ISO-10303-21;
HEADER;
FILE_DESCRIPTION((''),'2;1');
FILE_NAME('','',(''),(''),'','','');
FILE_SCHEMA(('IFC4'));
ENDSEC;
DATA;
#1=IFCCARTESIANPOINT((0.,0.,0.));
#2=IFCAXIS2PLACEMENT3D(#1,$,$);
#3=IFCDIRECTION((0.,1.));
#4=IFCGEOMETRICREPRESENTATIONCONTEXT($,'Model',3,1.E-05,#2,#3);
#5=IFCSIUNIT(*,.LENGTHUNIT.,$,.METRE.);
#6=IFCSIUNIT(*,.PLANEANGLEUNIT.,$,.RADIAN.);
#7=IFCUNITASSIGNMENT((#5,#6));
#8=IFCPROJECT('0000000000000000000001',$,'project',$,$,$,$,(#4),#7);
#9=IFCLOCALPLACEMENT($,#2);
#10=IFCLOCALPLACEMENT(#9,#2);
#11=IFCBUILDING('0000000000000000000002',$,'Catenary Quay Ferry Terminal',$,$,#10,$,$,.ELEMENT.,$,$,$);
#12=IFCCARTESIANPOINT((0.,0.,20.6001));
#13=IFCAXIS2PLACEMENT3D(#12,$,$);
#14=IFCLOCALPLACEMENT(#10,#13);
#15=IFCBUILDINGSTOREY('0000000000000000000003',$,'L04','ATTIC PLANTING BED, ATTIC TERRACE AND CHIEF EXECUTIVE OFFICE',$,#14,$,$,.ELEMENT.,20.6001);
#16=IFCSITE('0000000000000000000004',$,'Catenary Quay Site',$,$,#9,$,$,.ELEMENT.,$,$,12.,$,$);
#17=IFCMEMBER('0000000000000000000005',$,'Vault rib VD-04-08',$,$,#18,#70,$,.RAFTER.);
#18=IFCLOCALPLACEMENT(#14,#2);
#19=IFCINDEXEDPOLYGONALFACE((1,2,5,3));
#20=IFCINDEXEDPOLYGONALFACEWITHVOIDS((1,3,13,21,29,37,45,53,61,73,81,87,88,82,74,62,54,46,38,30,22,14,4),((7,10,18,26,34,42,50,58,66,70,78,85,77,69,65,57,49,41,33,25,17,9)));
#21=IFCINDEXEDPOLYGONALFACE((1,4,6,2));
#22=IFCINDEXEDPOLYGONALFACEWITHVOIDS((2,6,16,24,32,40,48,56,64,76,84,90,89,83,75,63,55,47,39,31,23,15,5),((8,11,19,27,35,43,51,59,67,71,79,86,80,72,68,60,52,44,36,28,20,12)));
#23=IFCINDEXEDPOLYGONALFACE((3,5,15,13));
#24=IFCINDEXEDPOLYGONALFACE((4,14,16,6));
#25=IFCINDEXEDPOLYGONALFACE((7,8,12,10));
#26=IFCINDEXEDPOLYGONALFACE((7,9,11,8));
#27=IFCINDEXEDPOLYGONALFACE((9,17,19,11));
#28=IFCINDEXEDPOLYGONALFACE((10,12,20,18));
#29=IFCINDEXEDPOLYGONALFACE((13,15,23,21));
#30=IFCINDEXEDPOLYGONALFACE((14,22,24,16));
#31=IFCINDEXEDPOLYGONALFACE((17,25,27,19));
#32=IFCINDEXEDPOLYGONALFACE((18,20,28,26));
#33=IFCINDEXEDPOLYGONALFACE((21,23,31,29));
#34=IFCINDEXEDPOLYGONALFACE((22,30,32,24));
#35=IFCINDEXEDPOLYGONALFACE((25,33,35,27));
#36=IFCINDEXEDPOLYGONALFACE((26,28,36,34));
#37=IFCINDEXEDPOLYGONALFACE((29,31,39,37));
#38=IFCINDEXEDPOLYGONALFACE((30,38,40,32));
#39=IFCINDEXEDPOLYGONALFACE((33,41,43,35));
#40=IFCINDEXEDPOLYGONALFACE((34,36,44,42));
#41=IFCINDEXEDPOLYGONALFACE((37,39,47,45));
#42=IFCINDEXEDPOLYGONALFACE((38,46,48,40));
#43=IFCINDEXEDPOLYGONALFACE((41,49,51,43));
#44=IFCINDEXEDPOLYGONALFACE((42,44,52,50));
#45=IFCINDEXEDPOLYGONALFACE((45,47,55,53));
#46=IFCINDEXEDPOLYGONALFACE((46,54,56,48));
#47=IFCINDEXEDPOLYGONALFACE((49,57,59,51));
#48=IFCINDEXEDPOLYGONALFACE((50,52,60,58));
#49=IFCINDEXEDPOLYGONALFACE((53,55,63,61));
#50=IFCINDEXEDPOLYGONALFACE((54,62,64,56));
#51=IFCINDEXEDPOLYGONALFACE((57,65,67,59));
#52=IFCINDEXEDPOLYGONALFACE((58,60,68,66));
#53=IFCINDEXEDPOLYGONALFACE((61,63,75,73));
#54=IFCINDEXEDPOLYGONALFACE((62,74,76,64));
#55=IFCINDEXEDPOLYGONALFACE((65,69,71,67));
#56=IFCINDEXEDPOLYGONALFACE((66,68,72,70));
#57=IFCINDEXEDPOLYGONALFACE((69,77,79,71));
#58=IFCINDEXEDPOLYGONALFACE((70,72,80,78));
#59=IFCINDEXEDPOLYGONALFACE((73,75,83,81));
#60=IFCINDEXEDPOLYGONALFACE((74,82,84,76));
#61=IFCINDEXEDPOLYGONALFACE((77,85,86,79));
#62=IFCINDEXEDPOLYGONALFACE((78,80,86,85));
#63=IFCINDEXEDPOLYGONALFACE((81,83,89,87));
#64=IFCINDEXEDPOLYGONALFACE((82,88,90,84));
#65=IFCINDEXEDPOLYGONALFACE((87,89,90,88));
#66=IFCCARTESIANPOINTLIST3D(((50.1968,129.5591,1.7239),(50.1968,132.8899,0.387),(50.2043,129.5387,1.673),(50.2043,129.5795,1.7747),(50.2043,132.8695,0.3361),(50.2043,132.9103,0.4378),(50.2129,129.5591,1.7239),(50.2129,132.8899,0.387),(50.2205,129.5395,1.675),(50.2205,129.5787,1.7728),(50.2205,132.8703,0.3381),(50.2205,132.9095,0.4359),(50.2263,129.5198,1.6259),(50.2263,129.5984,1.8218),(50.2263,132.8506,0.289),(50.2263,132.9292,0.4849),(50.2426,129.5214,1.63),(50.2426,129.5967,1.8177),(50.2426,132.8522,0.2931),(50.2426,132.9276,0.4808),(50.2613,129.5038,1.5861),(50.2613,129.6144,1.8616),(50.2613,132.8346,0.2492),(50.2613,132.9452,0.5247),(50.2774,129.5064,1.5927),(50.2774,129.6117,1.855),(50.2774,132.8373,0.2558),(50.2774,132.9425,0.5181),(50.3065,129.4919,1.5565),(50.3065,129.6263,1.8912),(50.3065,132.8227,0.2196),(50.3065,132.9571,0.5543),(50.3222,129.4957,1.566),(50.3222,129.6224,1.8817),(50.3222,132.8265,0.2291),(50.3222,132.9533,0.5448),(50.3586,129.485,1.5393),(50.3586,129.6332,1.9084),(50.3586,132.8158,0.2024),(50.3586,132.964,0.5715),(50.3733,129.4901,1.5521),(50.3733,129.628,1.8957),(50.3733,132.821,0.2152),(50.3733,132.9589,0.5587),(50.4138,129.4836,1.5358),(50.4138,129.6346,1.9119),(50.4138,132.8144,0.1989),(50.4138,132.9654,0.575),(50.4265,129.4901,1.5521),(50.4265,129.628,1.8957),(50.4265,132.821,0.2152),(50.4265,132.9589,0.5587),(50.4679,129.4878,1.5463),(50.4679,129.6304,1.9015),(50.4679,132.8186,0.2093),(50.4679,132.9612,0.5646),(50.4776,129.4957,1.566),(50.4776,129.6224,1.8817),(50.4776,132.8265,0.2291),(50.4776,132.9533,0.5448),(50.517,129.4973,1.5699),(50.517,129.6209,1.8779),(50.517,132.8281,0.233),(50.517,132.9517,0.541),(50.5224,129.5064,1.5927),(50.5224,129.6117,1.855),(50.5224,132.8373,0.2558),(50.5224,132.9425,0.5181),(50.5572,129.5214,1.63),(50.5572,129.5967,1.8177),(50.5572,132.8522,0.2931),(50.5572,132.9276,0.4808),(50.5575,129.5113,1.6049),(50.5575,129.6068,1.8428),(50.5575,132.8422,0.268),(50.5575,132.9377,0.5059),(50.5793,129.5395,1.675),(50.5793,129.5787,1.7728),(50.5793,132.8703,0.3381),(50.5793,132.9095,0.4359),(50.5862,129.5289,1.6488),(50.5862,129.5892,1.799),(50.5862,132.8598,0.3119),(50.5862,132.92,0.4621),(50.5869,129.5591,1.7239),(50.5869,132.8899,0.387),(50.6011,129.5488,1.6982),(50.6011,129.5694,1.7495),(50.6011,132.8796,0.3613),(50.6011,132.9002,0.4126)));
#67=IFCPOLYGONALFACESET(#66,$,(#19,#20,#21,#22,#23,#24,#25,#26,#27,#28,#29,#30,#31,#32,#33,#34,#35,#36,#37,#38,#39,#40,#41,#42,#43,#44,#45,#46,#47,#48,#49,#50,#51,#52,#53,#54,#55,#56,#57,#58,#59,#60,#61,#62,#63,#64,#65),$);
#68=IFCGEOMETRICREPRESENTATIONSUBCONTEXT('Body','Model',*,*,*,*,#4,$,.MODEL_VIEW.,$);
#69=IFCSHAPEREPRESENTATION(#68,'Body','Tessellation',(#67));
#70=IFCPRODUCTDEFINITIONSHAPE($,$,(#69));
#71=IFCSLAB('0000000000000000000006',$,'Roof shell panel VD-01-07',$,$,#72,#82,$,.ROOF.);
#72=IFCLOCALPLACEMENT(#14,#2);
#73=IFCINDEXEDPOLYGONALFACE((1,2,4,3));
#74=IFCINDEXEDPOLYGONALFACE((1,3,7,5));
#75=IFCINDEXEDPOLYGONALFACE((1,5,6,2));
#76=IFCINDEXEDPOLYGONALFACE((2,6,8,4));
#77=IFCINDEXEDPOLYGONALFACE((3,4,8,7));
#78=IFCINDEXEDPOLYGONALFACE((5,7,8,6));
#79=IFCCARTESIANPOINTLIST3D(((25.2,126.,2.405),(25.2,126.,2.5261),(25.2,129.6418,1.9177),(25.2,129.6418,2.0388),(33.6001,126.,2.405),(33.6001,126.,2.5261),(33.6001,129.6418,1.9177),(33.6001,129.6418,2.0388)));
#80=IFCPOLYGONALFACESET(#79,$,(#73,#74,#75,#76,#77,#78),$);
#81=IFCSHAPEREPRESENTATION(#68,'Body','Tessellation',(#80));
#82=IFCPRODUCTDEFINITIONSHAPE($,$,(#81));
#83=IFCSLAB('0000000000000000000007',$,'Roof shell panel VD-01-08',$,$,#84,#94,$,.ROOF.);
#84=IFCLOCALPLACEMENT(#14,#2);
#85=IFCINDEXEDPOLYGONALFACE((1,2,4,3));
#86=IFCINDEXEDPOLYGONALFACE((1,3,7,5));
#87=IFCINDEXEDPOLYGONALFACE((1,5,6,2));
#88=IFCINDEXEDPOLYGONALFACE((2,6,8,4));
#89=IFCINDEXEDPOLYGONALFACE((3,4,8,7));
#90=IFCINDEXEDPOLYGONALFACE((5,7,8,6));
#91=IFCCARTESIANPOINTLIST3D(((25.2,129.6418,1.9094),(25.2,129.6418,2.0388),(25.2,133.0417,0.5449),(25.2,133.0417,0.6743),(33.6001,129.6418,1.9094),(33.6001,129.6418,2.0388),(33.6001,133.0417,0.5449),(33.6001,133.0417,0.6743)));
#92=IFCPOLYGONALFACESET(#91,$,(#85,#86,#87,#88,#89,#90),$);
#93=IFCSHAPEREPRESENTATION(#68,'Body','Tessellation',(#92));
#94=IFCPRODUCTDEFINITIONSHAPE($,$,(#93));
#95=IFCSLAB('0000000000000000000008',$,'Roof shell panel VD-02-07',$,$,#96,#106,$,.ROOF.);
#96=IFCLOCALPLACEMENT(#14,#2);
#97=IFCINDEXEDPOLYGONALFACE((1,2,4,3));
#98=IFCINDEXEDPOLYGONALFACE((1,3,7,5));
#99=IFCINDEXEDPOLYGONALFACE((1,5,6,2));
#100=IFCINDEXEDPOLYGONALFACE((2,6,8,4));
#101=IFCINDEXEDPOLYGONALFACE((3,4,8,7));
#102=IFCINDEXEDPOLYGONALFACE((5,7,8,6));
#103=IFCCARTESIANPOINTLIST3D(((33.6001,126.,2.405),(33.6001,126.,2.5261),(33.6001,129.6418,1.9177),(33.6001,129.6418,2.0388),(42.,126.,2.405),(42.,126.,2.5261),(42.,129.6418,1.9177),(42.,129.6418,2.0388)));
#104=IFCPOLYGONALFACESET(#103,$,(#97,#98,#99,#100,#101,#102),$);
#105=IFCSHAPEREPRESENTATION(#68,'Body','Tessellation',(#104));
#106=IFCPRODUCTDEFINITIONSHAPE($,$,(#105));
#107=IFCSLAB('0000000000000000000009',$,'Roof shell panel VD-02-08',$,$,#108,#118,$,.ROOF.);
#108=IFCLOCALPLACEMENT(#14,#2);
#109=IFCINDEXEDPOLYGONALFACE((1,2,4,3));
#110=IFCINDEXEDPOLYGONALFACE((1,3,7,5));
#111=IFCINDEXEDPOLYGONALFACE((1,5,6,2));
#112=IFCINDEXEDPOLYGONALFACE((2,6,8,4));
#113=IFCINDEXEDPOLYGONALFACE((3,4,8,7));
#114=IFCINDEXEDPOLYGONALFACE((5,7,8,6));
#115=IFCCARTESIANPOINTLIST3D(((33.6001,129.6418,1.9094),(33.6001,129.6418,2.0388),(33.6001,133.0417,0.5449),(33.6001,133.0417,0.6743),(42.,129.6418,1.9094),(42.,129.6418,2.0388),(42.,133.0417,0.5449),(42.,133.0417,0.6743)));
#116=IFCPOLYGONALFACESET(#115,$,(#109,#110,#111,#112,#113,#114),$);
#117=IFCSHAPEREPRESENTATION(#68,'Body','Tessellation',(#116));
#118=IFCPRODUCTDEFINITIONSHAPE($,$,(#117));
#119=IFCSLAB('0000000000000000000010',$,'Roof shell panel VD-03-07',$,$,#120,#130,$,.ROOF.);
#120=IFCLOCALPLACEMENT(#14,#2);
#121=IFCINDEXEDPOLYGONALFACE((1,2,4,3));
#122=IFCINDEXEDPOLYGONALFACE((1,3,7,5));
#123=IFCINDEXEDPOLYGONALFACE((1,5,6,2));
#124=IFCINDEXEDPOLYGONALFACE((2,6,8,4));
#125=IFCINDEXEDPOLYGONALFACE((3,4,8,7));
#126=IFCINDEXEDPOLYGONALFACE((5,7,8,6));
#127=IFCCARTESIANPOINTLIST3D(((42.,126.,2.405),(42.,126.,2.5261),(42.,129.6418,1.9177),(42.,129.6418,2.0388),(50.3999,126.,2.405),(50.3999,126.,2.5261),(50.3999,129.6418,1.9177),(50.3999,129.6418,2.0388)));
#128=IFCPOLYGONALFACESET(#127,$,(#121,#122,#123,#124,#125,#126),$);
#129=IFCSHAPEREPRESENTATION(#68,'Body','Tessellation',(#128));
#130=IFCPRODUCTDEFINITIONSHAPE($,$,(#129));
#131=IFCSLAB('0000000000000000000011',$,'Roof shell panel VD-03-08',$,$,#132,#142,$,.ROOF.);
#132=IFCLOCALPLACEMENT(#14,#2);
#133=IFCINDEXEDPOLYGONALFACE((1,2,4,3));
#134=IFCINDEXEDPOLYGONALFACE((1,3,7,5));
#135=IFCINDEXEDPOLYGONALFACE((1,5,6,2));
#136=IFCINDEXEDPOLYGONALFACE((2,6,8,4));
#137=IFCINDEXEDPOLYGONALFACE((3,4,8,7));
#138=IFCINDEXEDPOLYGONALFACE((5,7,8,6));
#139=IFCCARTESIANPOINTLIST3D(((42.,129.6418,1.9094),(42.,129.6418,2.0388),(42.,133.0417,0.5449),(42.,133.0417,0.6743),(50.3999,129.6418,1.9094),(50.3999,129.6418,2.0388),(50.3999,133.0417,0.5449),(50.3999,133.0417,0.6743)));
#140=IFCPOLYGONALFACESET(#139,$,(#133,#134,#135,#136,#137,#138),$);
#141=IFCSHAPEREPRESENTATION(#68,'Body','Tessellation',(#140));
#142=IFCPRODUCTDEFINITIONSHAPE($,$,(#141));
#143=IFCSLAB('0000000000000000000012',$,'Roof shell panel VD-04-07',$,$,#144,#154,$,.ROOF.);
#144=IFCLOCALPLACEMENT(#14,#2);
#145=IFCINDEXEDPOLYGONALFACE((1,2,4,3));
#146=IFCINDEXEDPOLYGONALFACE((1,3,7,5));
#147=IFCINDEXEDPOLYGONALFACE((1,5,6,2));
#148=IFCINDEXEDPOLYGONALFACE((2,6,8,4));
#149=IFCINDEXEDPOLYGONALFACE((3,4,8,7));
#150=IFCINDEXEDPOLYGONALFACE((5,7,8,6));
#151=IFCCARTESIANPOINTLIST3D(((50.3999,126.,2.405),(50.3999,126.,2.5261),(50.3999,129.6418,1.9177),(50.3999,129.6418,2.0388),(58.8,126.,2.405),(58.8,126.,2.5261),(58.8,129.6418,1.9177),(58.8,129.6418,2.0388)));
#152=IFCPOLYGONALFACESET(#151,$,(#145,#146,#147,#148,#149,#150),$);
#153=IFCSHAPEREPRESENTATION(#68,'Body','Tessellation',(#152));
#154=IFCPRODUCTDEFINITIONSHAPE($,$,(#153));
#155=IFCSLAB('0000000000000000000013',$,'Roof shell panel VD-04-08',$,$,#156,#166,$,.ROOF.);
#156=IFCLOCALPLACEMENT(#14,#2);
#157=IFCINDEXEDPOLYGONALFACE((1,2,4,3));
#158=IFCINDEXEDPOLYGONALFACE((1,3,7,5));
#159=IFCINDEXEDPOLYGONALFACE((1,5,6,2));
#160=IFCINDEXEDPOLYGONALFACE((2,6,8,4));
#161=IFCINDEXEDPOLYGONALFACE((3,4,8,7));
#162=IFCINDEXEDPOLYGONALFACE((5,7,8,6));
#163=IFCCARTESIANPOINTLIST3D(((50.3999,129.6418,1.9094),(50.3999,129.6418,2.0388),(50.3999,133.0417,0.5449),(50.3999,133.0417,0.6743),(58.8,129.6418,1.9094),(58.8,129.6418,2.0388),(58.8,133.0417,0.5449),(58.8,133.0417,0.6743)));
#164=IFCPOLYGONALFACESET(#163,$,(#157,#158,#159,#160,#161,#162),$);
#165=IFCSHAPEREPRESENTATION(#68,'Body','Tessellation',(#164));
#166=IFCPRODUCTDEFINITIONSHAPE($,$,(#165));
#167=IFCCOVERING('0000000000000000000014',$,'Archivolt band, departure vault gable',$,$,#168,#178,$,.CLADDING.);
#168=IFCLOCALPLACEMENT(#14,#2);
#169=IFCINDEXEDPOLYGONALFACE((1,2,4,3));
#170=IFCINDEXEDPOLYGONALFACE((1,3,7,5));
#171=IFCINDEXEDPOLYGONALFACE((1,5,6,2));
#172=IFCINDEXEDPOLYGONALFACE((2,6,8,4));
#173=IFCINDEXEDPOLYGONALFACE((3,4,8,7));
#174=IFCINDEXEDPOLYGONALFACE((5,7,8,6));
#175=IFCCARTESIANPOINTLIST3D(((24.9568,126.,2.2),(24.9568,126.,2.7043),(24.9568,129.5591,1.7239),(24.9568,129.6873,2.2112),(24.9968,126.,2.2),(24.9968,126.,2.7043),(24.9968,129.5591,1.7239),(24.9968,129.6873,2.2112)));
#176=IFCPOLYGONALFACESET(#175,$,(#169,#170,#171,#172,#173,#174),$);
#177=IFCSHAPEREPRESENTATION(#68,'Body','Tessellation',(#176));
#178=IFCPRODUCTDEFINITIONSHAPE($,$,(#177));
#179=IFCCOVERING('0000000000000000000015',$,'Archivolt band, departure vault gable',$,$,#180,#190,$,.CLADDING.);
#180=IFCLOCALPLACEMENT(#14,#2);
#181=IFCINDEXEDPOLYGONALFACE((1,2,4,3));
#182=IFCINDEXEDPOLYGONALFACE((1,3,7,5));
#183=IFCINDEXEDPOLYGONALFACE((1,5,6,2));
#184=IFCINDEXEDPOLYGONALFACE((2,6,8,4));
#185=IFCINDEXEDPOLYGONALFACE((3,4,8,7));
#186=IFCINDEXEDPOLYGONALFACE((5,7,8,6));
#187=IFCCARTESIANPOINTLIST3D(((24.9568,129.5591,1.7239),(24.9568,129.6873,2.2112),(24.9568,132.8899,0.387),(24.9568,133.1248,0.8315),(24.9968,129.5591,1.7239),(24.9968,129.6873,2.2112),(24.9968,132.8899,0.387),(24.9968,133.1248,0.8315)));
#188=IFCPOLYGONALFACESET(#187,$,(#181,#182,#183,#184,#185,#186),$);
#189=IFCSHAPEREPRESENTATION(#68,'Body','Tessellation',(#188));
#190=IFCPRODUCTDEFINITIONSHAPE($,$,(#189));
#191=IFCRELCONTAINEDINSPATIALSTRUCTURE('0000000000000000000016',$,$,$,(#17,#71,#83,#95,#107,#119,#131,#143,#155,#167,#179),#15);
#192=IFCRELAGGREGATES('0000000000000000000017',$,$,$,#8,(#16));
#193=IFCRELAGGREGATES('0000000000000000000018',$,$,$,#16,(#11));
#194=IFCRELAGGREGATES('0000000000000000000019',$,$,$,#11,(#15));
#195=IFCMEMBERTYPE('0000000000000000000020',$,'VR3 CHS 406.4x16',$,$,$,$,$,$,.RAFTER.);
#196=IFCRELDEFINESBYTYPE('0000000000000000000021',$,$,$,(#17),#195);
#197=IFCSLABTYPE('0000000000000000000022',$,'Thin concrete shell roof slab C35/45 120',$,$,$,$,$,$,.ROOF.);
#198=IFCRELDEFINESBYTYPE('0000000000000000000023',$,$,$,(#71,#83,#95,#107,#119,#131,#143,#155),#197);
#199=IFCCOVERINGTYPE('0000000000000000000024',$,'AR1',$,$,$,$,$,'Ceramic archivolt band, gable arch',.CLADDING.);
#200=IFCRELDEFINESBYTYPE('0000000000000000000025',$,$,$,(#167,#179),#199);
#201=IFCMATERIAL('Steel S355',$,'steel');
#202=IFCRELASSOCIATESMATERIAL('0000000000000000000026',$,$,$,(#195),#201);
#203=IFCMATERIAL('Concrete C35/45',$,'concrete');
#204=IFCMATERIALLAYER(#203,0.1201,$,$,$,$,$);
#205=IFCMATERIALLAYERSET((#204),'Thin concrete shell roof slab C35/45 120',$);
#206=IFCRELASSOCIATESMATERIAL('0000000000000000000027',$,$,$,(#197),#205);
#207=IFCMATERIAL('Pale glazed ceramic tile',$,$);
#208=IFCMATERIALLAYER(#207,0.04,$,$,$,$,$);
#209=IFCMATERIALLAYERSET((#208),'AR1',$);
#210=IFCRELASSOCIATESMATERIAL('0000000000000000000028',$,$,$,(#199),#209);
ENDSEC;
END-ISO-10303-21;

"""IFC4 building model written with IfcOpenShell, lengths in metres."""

from ifc_helpers import new_model, si_unit, direction, frame, origin, origin_2d, place, context, subcontext, project, spatial, polyline, hollow_circle, outline, extrude, material, layer, layer_set, material_profile, profile_set, type_object, element, save


model = new_model("IFC4")

# Units and contexts
model_context = context("Model", 3, precision=1e-05, world=origin(), true_north=direction((0.0, 1.0)))
body_context = subcontext(model_context, "Body", "Model", "MODEL_VIEW")
ifc_project = project(units=[si_unit("LENGTHUNIT", "METRE"), si_unit("PLANEANGLEUNIT", "RADIAN")], contexts=[model_context])

# Site, building, storey
site_placement = place(None, origin())
site = spatial("IfcSite", under=ifc_project, at=site_placement, Name="Catenary Quay Site", CompositionType="ELEMENT", RefElevation=12.0)
building_placement = place(site_placement, origin())
building = spatial("IfcBuilding", under=site, at=building_placement, Name="Catenary Quay Ferry Terminal", CompositionType="ELEMENT")
storey_placement = place(building_placement, frame((0.0, 0.0, 20.6001)))
storey = spatial("IfcBuildingStorey", under=building, at=storey_placement, Name="L04", Description="ATTIC PLANTING BED, ATTIC TERRACE AND CHIEF EXECUTIVE OFFICE", CompositionType="ELEMENT", Elevation=20.6001)

# Member
ifc_material_1 = material(Name="Steel S355", Category="steel")
ifc_material_profile_1 = material_profile(ifc_material_1, hollow_circle(Radius=0.2031, WallThickness=0.0161, at=origin_2d()), Name="CHS 406.4x16")
ifc_profile_set_1 = profile_set([ifc_material_profile_1], Name="Steel S355")
member_type_1 = type_object("IfcMemberType", Name="VR3 CHS 406.4x16", PredefinedType="RAFTER", material=ifc_profile_set_1)
for number, where, z_axis, x_axis, name in (
    (1, (50.3999, 129.5591, 1.7239), (0.0, 0.928035, -0.372493), (-1.0, 0.0, 0.0), "Vault rib VD-04-08"),
):
    element("IfcMember", number, at=place(storey_placement, frame(where, z_axis=z_axis, x_axis=x_axis)), inside=storey, type_object=member_type_1, Name=name, PredefinedType="RAFTER", context=body_context, shape_type="SweptSolid", body=[
        extrude(hollow_circle(Radius=0.2031, WallThickness=0.0161, at=origin_2d()), origin(), (0.0, 0.0, 1.0), 3.5891),
    ])

# Slabs
ifc_material_2 = material(Name="Concrete C35/45", Category="concrete")
ifc_layer_1 = layer(ifc_material_2, 0.1201)
ifc_layer_set_1 = layer_set([ifc_layer_1], Name="Thin concrete shell roof slab C35/45 120")
slab_type = type_object("IfcSlabType", Name="Thin concrete shell roof slab C35/45 120", PredefinedType="ROOF", material=ifc_layer_set_1)
slab_1_placement = place(storey_placement, frame((25.2, 126.0, 2.5261), z_axis=(0.0, 0.132625, 0.991166), x_axis=(1.0, 0.0, 0.0)))
element("IfcSlab", 2, at=slab_1_placement, inside=storey, type_object=slab_type, Name="Roof shell panel VD-01-07", PredefinedType="ROOF", context=body_context, shape_type="SweptSolid", body=[
    extrude(outline(polyline([(0.0, 0.0), (8.4001, 0.0), (8.4001, 3.6743), (0.0, 3.6743), (0.0, 0.0)])), origin(), (0.0, 0.132625, -0.991166), 0.1211),
])
slab_2_placement = place(storey_placement, frame((25.2, 129.6418, 2.0388), z_axis=(0.0, 0.372459, 0.928049), x_axis=(1.0, 0.0, 0.0)))
element("IfcSlab", 3, at=slab_2_placement, inside=storey, type_object=slab_type, Name="Roof shell panel VD-01-08", PredefinedType="ROOF", context=body_context, shape_type="SweptSolid", body=[
    extrude(outline(polyline([(0.0, 0.0), (8.4001, 0.0), (8.4001, 3.6635), (0.0, 3.6635), (0.0, 0.0)])), origin(), (0.0, 0.372459, -0.928049), 0.1294),
])
slab_3_placement = place(storey_placement, frame((33.6001, 126.0, 2.5261), z_axis=(0.0, 0.132625, 0.991166), x_axis=(1.0, 0.0, 0.0)))
element("IfcSlab", 4, at=slab_3_placement, inside=storey, type_object=slab_type, Name="Roof shell panel VD-02-07", PredefinedType="ROOF", context=body_context, shape_type="SweptSolid", body=[
    extrude(outline(polyline([(0.0, 0.0), (8.3999, 0.0), (8.3999, 3.6743), (0.0, 3.6743), (0.0, 0.0)])), origin(), (0.0, 0.132625, -0.991166), 0.1211),
])
slab_4_placement = place(storey_placement, frame((33.6001, 129.6418, 2.0388), z_axis=(0.0, 0.372459, 0.928049), x_axis=(1.0, 0.0, 0.0)))
element("IfcSlab", 5, at=slab_4_placement, inside=storey, type_object=slab_type, Name="Roof shell panel VD-02-08", PredefinedType="ROOF", context=body_context, shape_type="SweptSolid", body=[
    extrude(outline(polyline([(0.0, 0.0), (8.3999, 0.0), (8.3999, 3.6635), (0.0, 3.6635), (0.0, 0.0)])), origin(), (0.0, 0.372459, -0.928049), 0.1294),
])
slab_5_placement = place(storey_placement, frame((42.0, 126.0, 2.5261), z_axis=(0.0, 0.132625, 0.991166), x_axis=(1.0, 0.0, 0.0)))
element("IfcSlab", 6, at=slab_5_placement, inside=storey, type_object=slab_type, Name="Roof shell panel VD-03-07", PredefinedType="ROOF", context=body_context, shape_type="SweptSolid", body=[
    extrude(outline(polyline([(0.0, 0.0), (8.3999, 0.0), (8.3999, 3.6743), (0.0, 3.6743), (0.0, 0.0)])), origin(), (0.0, 0.132625, -0.991166), 0.1211),
])
slab_6_placement = place(storey_placement, frame((42.0, 129.6418, 2.0388), z_axis=(0.0, 0.372459, 0.928049), x_axis=(1.0, 0.0, 0.0)))
element("IfcSlab", 7, at=slab_6_placement, inside=storey, type_object=slab_type, Name="Roof shell panel VD-03-08", PredefinedType="ROOF", context=body_context, shape_type="SweptSolid", body=[
    extrude(outline(polyline([(0.0, 0.0), (8.3999, 0.0), (8.3999, 3.6635), (0.0, 3.6635), (0.0, 0.0)])), origin(), (0.0, 0.372459, -0.928049), 0.1294),
])
slab_7_placement = place(storey_placement, frame((50.3999, 126.0, 2.5261), z_axis=(0.0, 0.132625, 0.991166), x_axis=(1.0, 0.0, 0.0)))
element("IfcSlab", 8, at=slab_7_placement, inside=storey, type_object=slab_type, Name="Roof shell panel VD-04-07", PredefinedType="ROOF", context=body_context, shape_type="SweptSolid", body=[
    extrude(outline(polyline([(0.0, 0.0), (8.4001, 0.0), (8.4001, 3.6743), (0.0, 3.6743), (0.0, 0.0)])), origin(), (0.0, 0.132625, -0.991166), 0.1211),
])
slab_8_placement = place(storey_placement, frame((50.3999, 129.6418, 2.0388), z_axis=(0.0, 0.372459, 0.928049), x_axis=(1.0, 0.0, 0.0)))
element("IfcSlab", 9, at=slab_8_placement, inside=storey, type_object=slab_type, Name="Roof shell panel VD-04-08", PredefinedType="ROOF", context=body_context, shape_type="SweptSolid", body=[
    extrude(outline(polyline([(0.0, 0.0), (8.4001, 0.0), (8.4001, 3.6635), (0.0, 3.6635), (0.0, 0.0)])), origin(), (0.0, 0.372459, -0.928049), 0.1294),
])

# Coverings
ifc_material_3 = material(Name="Pale glazed ceramic tile")
ifc_layer_2 = layer(ifc_material_3, 0.04)
ifc_layer_set_2 = layer_set([ifc_layer_2], Name="AR1")
covering_type_1 = type_object("IfcCoveringType", Name="AR1", ElementType="Ceramic archivolt band, gable arch", PredefinedType="CLADDING", material=ifc_layer_set_2)
covering_1_placement = place(storey_placement, frame((24.9968, 126.0, 2.2), z_axis=(1.0, 0.0, 0.0), x_axis=(0.0, 0.991172, -0.132582)))
element("IfcCovering", 10, at=covering_1_placement, inside=storey, type_object=covering_type_1, Name="Archivolt band, departure vault gable", PredefinedType="CLADDING", context=body_context, shape_type="SweptSolid", body=[
    extrude(outline(polyline([(0.0, 0.0), (3.5908, 0.0), (3.6532, 0.5), (-0.0669, 0.4999), (0.0, 0.0)])), origin(), (0.0, 0.0, -1.0), 0.04),
])
covering_2_placement = place(storey_placement, frame((24.9968, 129.5591, 1.7239), z_axis=(1.0, 0.0, 0.0), x_axis=(0.0, 0.928035, -0.372493)))
element("IfcCovering", 11, at=covering_2_placement, inside=storey, type_object=covering_type_1, Name="Archivolt band, departure vault gable", PredefinedType="CLADDING", context=body_context, shape_type="SweptSolid", body=[
    extrude(outline(polyline([(0.0, 0.0), (3.5891, 0.0), (3.6415, 0.5001), (-0.0626, 0.5), (0.0, 0.0)])), origin(), (0.0, 0.0, -1.0), 0.04),
])

save(model, "model.ifc")
